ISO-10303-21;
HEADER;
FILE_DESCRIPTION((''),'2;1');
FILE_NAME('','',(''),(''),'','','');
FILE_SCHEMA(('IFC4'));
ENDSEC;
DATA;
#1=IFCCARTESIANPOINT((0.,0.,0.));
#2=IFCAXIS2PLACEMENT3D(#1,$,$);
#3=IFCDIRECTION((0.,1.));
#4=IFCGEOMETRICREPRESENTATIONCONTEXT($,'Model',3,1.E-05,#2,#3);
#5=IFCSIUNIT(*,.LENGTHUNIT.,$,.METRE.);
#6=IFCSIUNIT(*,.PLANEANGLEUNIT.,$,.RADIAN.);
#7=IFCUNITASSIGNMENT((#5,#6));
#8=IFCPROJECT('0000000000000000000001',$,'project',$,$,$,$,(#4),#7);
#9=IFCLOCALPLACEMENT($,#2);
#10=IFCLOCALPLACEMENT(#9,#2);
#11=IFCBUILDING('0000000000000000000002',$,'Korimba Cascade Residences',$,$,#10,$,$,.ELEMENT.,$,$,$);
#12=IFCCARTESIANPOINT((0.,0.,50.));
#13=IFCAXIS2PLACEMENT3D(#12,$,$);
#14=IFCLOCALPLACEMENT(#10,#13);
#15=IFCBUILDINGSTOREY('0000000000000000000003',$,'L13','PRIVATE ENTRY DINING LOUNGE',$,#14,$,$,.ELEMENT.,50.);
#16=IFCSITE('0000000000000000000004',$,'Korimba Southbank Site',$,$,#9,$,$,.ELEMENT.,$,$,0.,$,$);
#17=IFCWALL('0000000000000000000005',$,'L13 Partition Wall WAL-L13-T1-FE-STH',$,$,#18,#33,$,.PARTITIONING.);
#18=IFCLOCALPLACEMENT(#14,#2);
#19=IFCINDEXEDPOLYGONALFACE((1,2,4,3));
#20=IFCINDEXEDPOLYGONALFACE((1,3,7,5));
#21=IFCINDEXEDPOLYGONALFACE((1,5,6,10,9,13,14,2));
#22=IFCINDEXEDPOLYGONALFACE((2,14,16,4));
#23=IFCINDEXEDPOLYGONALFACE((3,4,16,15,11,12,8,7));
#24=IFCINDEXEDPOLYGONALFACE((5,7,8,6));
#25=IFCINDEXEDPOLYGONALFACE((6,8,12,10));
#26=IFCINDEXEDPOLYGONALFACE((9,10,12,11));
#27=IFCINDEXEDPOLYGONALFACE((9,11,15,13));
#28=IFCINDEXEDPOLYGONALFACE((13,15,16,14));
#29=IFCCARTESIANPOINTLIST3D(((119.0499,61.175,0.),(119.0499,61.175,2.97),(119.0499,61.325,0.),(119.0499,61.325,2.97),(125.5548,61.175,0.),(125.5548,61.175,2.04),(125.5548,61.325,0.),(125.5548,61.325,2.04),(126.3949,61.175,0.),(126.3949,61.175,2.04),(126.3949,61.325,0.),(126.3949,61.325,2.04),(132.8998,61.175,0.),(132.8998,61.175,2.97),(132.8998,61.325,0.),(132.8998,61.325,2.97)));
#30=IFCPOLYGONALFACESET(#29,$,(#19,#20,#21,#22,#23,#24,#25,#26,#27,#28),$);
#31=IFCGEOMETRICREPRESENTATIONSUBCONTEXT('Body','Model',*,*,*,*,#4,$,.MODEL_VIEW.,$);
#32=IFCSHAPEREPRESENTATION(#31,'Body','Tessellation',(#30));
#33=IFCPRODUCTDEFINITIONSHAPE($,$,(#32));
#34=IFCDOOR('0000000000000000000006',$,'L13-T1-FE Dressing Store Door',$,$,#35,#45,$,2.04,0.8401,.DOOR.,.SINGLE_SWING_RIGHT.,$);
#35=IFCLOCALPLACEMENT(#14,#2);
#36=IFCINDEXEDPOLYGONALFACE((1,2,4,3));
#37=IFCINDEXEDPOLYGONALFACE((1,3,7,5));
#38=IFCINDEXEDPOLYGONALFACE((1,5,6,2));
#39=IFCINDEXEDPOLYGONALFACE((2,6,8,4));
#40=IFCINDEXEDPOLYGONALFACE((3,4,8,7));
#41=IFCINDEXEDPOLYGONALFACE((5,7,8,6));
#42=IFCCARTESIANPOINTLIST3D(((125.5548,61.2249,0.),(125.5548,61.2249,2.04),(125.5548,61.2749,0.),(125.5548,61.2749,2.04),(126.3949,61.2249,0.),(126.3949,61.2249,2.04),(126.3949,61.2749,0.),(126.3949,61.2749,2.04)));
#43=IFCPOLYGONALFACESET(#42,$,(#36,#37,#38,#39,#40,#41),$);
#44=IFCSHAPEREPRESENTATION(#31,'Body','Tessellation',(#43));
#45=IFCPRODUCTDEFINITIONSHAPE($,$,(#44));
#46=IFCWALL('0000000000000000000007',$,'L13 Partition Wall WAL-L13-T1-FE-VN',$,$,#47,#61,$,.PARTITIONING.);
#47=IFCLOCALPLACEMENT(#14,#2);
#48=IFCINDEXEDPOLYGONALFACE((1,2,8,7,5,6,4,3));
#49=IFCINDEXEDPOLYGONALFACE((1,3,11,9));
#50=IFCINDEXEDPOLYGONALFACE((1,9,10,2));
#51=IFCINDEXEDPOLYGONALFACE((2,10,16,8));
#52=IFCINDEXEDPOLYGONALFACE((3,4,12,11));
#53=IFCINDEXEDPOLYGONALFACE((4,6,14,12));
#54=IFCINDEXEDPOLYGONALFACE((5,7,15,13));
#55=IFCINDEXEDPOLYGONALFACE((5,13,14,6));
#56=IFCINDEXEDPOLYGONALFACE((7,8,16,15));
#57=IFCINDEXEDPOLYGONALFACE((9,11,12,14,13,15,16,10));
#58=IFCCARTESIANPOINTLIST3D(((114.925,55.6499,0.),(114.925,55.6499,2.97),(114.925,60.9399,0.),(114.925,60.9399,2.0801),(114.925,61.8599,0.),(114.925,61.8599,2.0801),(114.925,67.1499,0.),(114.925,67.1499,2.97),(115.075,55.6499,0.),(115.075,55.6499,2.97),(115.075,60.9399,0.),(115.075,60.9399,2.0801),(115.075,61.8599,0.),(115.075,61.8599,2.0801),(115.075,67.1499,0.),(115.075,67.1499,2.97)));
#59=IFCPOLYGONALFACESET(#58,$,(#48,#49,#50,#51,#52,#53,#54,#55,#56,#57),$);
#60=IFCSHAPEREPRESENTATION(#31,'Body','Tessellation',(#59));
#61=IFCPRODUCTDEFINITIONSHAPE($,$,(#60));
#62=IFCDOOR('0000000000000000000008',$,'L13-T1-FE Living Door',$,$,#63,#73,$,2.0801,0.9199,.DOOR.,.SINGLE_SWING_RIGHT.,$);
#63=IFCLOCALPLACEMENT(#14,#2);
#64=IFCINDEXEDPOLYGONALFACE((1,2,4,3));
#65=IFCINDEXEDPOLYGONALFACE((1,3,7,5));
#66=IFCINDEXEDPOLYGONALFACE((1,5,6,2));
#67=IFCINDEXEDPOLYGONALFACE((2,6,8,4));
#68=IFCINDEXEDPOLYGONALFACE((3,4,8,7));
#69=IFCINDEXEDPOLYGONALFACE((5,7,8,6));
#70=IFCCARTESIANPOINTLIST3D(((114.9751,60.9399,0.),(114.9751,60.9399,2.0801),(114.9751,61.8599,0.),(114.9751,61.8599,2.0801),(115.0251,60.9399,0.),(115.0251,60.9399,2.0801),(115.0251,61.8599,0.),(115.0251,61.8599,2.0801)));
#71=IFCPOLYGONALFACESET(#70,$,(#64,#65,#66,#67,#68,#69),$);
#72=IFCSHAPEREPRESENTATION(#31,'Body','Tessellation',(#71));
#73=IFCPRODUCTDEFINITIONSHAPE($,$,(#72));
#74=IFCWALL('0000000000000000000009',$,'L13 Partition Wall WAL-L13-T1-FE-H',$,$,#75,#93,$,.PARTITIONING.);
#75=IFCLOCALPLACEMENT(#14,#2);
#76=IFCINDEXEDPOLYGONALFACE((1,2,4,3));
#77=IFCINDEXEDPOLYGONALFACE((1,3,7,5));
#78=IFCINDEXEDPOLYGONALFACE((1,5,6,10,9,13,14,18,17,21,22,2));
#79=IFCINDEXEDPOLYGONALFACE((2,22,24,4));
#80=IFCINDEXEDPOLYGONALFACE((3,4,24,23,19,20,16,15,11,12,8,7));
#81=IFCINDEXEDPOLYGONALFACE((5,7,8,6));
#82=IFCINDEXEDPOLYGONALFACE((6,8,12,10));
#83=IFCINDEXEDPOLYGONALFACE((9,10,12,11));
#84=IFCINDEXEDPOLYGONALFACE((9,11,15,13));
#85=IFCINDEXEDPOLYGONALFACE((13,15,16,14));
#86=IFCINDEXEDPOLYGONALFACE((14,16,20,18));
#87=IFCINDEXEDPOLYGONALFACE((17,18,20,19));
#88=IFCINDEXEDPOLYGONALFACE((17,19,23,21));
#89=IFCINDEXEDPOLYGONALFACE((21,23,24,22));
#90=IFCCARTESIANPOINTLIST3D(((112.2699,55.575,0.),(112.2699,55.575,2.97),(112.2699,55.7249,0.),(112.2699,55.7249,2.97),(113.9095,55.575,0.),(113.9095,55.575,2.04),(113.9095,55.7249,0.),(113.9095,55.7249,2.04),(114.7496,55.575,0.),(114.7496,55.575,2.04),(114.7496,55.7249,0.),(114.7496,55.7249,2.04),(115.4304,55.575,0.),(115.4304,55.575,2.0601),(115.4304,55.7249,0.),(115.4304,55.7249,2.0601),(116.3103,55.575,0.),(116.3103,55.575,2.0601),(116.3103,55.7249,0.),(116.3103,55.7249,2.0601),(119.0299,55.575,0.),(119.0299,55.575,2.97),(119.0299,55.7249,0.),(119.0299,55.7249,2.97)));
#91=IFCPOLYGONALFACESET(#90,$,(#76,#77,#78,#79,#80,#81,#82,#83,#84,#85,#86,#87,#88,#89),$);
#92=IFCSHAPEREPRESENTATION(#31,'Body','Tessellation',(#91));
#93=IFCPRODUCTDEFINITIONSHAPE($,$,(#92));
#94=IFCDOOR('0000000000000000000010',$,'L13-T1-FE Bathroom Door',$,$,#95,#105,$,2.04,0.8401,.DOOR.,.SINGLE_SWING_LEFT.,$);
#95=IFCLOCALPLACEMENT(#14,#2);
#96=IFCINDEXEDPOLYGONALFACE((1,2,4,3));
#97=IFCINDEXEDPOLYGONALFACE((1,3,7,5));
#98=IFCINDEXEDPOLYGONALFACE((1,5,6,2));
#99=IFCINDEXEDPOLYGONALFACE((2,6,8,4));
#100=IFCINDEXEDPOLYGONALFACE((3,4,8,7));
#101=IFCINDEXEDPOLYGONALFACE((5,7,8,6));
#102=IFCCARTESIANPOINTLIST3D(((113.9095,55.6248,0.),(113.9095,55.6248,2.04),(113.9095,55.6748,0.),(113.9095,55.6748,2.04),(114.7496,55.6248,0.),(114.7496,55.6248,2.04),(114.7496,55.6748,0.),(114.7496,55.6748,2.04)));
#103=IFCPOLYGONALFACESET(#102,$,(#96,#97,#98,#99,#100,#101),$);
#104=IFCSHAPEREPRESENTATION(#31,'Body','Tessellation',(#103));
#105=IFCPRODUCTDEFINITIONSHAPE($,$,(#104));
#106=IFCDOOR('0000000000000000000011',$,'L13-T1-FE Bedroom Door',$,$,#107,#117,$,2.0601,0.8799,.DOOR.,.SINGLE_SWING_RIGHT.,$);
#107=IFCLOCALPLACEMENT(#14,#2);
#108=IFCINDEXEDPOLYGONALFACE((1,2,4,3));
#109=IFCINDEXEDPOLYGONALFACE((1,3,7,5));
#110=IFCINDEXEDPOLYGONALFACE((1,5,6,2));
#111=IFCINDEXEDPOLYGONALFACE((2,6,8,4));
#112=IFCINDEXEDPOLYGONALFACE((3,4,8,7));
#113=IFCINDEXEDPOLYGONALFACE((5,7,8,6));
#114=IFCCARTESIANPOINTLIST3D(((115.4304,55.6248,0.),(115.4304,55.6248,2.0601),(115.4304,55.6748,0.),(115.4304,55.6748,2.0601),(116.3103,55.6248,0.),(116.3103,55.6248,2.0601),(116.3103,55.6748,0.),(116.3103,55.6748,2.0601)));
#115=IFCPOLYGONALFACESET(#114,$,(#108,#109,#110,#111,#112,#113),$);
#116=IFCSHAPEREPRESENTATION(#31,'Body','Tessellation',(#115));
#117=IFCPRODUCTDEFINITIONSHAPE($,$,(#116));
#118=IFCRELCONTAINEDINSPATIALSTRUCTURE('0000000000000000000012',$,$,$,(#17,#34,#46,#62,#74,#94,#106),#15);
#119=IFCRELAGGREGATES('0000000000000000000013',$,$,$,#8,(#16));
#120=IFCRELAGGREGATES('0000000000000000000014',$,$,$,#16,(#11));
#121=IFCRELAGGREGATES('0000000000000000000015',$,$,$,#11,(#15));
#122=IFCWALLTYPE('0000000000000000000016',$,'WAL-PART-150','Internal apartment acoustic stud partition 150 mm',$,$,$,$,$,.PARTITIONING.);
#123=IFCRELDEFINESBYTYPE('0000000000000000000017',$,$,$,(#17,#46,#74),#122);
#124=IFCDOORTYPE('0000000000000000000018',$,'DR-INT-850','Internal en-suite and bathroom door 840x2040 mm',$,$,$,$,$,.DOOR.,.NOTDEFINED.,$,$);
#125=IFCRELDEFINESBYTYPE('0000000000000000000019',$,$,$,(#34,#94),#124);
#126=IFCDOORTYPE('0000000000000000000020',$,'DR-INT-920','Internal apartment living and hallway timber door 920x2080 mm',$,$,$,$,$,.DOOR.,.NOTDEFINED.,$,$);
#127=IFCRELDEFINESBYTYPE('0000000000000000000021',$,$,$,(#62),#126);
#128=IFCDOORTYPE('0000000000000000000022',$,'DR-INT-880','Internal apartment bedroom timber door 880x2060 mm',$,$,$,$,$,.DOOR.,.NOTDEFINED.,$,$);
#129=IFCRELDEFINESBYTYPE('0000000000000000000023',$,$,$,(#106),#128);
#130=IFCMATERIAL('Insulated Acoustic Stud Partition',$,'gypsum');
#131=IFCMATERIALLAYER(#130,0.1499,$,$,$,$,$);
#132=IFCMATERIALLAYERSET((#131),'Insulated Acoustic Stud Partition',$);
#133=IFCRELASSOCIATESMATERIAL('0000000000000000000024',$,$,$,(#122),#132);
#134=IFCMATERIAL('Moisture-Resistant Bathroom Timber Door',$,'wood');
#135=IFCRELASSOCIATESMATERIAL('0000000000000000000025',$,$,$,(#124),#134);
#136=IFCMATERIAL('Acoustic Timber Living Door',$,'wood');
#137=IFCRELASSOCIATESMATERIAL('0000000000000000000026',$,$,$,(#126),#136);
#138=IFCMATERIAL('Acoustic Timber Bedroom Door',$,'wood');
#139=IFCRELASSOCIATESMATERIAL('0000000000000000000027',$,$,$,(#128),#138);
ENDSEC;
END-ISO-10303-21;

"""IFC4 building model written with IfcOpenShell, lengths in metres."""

from ifc_helpers import new_model, si_unit, direction, frame, frame_2d, origin, place, context, subcontext, project, spatial, rectangle, extrude, material, layer, layer_set, type_object, element, fill, save


model = new_model("IFC4")

# Units and contexts
model_context = context("Model", 3, precision=1e-05, world=origin(), true_north=direction((0.0, 1.0)))
body_context = subcontext(model_context, "Body", "Model", "MODEL_VIEW")
ifc_project = project(units=[si_unit("LENGTHUNIT", "METRE"), si_unit("PLANEANGLEUNIT", "RADIAN")], contexts=[model_context])

# Site, building, storey
site_placement = place(None, origin())
site = spatial("IfcSite", under=ifc_project, at=site_placement, Name="Korimba Southbank Site", CompositionType="ELEMENT", RefElevation=0.0)
building_placement = place(site_placement, origin())
building = spatial("IfcBuilding", under=site, at=building_placement, Name="Korimba Cascade Residences", CompositionType="ELEMENT")
storey_placement = place(building_placement, frame((0.0, 0.0, 50.0)))
storey = spatial("IfcBuildingStorey", under=building, at=storey_placement, Name="L13", Description="PRIVATE ENTRY DINING LOUNGE", CompositionType="ELEMENT", Elevation=50.0)

# Walls, openings, doors
ifc_material_1 = material(Name="Insulated Acoustic Stud Partition", Category="gypsum")
ifc_layer_1 = layer(ifc_material_1, 0.1499)
ifc_layer_set_1 = layer_set([ifc_layer_1], Name="Insulated Acoustic Stud Partition")
wall_type_1 = type_object("IfcWallType", Name="WAL-PART-150", Description="Internal apartment acoustic stud partition 150 mm", PredefinedType="PARTITIONING", material=ifc_layer_set_1)
wall_1_placement = place(storey_placement, frame((119.05, 61.25, 0.0), z_axis=(0.0, 0.0, 1.0), x_axis=(1.0, 0.0, 0.0)))
wall_1 = element("IfcWall", 1, at=wall_1_placement, inside=storey, type_object=wall_type_1, Name="L13 Partition Wall WAL-L13-T1-FE-STH", PredefinedType="PARTITIONING", context=body_context, shape_type="SweptSolid", body=[
    extrude(rectangle(XDim=13.8499, YDim=0.1499, at=frame_2d((6.9248, 0.0))), origin(), (0.0, 0.0, 1.0), 2.97),
])
opening_1_placement = place(wall_1_placement, frame((6.5049, 0.0, 0.0)))
opening_1 = element("IfcOpeningElement", 2, at=opening_1_placement, cuts=wall_1, PredefinedType="OPENING", context=body_context, shape_type="SweptSolid", body=[
    extrude(rectangle(XDim=0.8401, YDim=2.04, at=frame_2d((0.4199, 1.02))), frame((0.0, 0.085, 0.0), z_axis=(0.0, -1.0, 0.0), x_axis=(1.0, 0.0, 0.0)), (0.0, 0.0, 1.0), 0.1699),
])
ifc_material_2 = material(Name="Moisture-Resistant Bathroom Timber Door", Category="wood")
door_type_1 = type_object("IfcDoorType", Name="DR-INT-850", Description="Internal en-suite and bathroom door 840x2040 mm", OperationType="NOTDEFINED", PredefinedType="DOOR", material=ifc_material_2)
door_1_placement = place(opening_1_placement, origin())
door_1 = element("IfcDoor", 3, at=door_1_placement, inside=storey, type_object=door_type_1, Name="L13-T1-FE Dressing Store Door", OperationType="SINGLE_SWING_RIGHT", OverallHeight=2.04, OverallWidth=0.8401, PredefinedType="DOOR", context=body_context, shape_type="SweptSolid", body=[
    extrude(rectangle(XDim=0.8401, YDim=2.04, at=frame_2d((0.4199, 1.02))), frame((0.0, 0.0249, 0.0), z_axis=(0.0, -1.0, 0.0), x_axis=(1.0, 0.0, 0.0)), (0.0, 0.0, 1.0), 0.05),
])
fill(opening_1, door_1)
wall_2_placement = place(storey_placement, frame((115.0, 55.6499, 0.0), z_axis=(0.0, 0.0, 1.0), x_axis=(0.0, 1.0, 0.0)))
wall_2 = element("IfcWall", 4, at=wall_2_placement, inside=storey, type_object=wall_type_1, Name="L13 Partition Wall WAL-L13-T1-FE-VN", PredefinedType="PARTITIONING", context=body_context, shape_type="SweptSolid", body=[
    extrude(rectangle(XDim=11.5, YDim=0.1499, at=frame_2d((5.75, 0.0))), origin(), (0.0, 0.0, 1.0), 2.97),
])
opening_2_placement = place(wall_2_placement, frame((5.29, 0.0, 0.0)))
opening_2 = element("IfcOpeningElement", 5, at=opening_2_placement, cuts=wall_2, PredefinedType="OPENING", context=body_context, shape_type="SweptSolid", body=[
    extrude(rectangle(XDim=0.9199, YDim=2.0801, at=frame_2d((0.46, 1.04))), frame((0.0, 0.085, 0.0), z_axis=(0.0, -1.0, 0.0), x_axis=(1.0, 0.0, 0.0)), (0.0, 0.0, 1.0), 0.1699),
])
ifc_material_3 = material(Name="Acoustic Timber Living Door", Category="wood")
door_type_2 = type_object("IfcDoorType", Name="DR-INT-920", Description="Internal apartment living and hallway timber door 920x2080 mm", OperationType="NOTDEFINED", PredefinedType="DOOR", material=ifc_material_3)
door_2_placement = place(opening_2_placement, origin())
door_2 = element("IfcDoor", 6, at=door_2_placement, inside=storey, type_object=door_type_2, Name="L13-T1-FE Living Door", OperationType="SINGLE_SWING_RIGHT", OverallHeight=2.0801, OverallWidth=0.9199, PredefinedType="DOOR", context=body_context, shape_type="SweptSolid", body=[
    extrude(rectangle(XDim=0.9199, YDim=2.0801, at=frame_2d((0.46, 1.04))), frame((0.0, 0.0249, 0.0), z_axis=(0.0, -1.0, 0.0), x_axis=(1.0, 0.0, 0.0)), (0.0, 0.0, 1.0), 0.05),
])
fill(opening_2, door_2)

# Wall, openings, doors
wall_3_placement = place(storey_placement, frame((112.27, 55.6499, 0.0), z_axis=(0.0, 0.0, 1.0), x_axis=(1.0, 0.0, 0.0)))
wall_3 = element("IfcWall", 7, at=wall_3_placement, inside=storey, type_object=wall_type_1, Name="L13 Partition Wall WAL-L13-T1-FE-H", PredefinedType="PARTITIONING", context=body_context, shape_type="SweptSolid", body=[
    extrude(rectangle(XDim=6.76, YDim=0.1499, at=frame_2d((3.3799, 0.0))), origin(), (0.0, 0.0, 1.0), 2.97),
])
opening_3_placement = place(wall_3_placement, frame((1.6396, 0.0, 0.0)))
opening_3 = element("IfcOpeningElement", 8, at=opening_3_placement, cuts=wall_3, PredefinedType="OPENING", context=body_context, shape_type="SweptSolid", body=[
    extrude(rectangle(XDim=0.8401, YDim=2.04, at=frame_2d((0.4199, 1.02))), frame((0.0, 0.085, 0.0), z_axis=(0.0, -1.0, 0.0), x_axis=(1.0, 0.0, 0.0)), (0.0, 0.0, 1.0), 0.1699),
])
opening_4_placement = place(wall_3_placement, frame((3.1604, 0.0, 0.0)))
opening_4 = element("IfcOpeningElement", 9, at=opening_4_placement, cuts=wall_3, PredefinedType="OPENING", context=body_context, shape_type="SweptSolid", body=[
    extrude(rectangle(XDim=0.8799, YDim=2.0601, at=frame_2d((0.4399, 1.03))), frame((0.0, 0.085, 0.0), z_axis=(0.0, -1.0, 0.0), x_axis=(1.0, 0.0, 0.0)), (0.0, 0.0, 1.0), 0.1699),
])
door_3_placement = place(opening_3_placement, origin())
door_3 = element("IfcDoor", 10, at=door_3_placement, inside=storey, type_object=door_type_1, Name="L13-T1-FE Bathroom Door", OperationType="SINGLE_SWING_LEFT", OverallHeight=2.04, OverallWidth=0.8401, PredefinedType="DOOR", context=body_context, shape_type="SweptSolid", body=[
    extrude(rectangle(XDim=0.8401, YDim=2.04, at=frame_2d((0.4199, 1.02))), frame((0.0, 0.0249, 0.0), z_axis=(0.0, -1.0, 0.0), x_axis=(1.0, 0.0, 0.0)), (0.0, 0.0, 1.0), 0.05),
])
fill(opening_3, door_3)
ifc_material_4 = material(Name="Acoustic Timber Bedroom Door", Category="wood")
door_type_3 = type_object("IfcDoorType", Name="DR-INT-880", Description="Internal apartment bedroom timber door 880x2060 mm", OperationType="NOTDEFINED", PredefinedType="DOOR", material=ifc_material_4)
door_4_placement = place(opening_4_placement, origin())
door_4 = element("IfcDoor", 11, at=door_4_placement, inside=storey, type_object=door_type_3, Name="L13-T1-FE Bedroom Door", OperationType="SINGLE_SWING_RIGHT", OverallHeight=2.0601, OverallWidth=0.8799, PredefinedType="DOOR", context=body_context, shape_type="SweptSolid", body=[
    extrude(rectangle(XDim=0.8799, YDim=2.0601, at=frame_2d((0.4399, 1.03))), frame((0.0, 0.0249, 0.0), z_axis=(0.0, -1.0, 0.0), x_axis=(1.0, 0.0, 0.0)), (0.0, 0.0, 1.0), 0.05),
])
fill(opening_4, door_4)

save(model, "model.ifc")
